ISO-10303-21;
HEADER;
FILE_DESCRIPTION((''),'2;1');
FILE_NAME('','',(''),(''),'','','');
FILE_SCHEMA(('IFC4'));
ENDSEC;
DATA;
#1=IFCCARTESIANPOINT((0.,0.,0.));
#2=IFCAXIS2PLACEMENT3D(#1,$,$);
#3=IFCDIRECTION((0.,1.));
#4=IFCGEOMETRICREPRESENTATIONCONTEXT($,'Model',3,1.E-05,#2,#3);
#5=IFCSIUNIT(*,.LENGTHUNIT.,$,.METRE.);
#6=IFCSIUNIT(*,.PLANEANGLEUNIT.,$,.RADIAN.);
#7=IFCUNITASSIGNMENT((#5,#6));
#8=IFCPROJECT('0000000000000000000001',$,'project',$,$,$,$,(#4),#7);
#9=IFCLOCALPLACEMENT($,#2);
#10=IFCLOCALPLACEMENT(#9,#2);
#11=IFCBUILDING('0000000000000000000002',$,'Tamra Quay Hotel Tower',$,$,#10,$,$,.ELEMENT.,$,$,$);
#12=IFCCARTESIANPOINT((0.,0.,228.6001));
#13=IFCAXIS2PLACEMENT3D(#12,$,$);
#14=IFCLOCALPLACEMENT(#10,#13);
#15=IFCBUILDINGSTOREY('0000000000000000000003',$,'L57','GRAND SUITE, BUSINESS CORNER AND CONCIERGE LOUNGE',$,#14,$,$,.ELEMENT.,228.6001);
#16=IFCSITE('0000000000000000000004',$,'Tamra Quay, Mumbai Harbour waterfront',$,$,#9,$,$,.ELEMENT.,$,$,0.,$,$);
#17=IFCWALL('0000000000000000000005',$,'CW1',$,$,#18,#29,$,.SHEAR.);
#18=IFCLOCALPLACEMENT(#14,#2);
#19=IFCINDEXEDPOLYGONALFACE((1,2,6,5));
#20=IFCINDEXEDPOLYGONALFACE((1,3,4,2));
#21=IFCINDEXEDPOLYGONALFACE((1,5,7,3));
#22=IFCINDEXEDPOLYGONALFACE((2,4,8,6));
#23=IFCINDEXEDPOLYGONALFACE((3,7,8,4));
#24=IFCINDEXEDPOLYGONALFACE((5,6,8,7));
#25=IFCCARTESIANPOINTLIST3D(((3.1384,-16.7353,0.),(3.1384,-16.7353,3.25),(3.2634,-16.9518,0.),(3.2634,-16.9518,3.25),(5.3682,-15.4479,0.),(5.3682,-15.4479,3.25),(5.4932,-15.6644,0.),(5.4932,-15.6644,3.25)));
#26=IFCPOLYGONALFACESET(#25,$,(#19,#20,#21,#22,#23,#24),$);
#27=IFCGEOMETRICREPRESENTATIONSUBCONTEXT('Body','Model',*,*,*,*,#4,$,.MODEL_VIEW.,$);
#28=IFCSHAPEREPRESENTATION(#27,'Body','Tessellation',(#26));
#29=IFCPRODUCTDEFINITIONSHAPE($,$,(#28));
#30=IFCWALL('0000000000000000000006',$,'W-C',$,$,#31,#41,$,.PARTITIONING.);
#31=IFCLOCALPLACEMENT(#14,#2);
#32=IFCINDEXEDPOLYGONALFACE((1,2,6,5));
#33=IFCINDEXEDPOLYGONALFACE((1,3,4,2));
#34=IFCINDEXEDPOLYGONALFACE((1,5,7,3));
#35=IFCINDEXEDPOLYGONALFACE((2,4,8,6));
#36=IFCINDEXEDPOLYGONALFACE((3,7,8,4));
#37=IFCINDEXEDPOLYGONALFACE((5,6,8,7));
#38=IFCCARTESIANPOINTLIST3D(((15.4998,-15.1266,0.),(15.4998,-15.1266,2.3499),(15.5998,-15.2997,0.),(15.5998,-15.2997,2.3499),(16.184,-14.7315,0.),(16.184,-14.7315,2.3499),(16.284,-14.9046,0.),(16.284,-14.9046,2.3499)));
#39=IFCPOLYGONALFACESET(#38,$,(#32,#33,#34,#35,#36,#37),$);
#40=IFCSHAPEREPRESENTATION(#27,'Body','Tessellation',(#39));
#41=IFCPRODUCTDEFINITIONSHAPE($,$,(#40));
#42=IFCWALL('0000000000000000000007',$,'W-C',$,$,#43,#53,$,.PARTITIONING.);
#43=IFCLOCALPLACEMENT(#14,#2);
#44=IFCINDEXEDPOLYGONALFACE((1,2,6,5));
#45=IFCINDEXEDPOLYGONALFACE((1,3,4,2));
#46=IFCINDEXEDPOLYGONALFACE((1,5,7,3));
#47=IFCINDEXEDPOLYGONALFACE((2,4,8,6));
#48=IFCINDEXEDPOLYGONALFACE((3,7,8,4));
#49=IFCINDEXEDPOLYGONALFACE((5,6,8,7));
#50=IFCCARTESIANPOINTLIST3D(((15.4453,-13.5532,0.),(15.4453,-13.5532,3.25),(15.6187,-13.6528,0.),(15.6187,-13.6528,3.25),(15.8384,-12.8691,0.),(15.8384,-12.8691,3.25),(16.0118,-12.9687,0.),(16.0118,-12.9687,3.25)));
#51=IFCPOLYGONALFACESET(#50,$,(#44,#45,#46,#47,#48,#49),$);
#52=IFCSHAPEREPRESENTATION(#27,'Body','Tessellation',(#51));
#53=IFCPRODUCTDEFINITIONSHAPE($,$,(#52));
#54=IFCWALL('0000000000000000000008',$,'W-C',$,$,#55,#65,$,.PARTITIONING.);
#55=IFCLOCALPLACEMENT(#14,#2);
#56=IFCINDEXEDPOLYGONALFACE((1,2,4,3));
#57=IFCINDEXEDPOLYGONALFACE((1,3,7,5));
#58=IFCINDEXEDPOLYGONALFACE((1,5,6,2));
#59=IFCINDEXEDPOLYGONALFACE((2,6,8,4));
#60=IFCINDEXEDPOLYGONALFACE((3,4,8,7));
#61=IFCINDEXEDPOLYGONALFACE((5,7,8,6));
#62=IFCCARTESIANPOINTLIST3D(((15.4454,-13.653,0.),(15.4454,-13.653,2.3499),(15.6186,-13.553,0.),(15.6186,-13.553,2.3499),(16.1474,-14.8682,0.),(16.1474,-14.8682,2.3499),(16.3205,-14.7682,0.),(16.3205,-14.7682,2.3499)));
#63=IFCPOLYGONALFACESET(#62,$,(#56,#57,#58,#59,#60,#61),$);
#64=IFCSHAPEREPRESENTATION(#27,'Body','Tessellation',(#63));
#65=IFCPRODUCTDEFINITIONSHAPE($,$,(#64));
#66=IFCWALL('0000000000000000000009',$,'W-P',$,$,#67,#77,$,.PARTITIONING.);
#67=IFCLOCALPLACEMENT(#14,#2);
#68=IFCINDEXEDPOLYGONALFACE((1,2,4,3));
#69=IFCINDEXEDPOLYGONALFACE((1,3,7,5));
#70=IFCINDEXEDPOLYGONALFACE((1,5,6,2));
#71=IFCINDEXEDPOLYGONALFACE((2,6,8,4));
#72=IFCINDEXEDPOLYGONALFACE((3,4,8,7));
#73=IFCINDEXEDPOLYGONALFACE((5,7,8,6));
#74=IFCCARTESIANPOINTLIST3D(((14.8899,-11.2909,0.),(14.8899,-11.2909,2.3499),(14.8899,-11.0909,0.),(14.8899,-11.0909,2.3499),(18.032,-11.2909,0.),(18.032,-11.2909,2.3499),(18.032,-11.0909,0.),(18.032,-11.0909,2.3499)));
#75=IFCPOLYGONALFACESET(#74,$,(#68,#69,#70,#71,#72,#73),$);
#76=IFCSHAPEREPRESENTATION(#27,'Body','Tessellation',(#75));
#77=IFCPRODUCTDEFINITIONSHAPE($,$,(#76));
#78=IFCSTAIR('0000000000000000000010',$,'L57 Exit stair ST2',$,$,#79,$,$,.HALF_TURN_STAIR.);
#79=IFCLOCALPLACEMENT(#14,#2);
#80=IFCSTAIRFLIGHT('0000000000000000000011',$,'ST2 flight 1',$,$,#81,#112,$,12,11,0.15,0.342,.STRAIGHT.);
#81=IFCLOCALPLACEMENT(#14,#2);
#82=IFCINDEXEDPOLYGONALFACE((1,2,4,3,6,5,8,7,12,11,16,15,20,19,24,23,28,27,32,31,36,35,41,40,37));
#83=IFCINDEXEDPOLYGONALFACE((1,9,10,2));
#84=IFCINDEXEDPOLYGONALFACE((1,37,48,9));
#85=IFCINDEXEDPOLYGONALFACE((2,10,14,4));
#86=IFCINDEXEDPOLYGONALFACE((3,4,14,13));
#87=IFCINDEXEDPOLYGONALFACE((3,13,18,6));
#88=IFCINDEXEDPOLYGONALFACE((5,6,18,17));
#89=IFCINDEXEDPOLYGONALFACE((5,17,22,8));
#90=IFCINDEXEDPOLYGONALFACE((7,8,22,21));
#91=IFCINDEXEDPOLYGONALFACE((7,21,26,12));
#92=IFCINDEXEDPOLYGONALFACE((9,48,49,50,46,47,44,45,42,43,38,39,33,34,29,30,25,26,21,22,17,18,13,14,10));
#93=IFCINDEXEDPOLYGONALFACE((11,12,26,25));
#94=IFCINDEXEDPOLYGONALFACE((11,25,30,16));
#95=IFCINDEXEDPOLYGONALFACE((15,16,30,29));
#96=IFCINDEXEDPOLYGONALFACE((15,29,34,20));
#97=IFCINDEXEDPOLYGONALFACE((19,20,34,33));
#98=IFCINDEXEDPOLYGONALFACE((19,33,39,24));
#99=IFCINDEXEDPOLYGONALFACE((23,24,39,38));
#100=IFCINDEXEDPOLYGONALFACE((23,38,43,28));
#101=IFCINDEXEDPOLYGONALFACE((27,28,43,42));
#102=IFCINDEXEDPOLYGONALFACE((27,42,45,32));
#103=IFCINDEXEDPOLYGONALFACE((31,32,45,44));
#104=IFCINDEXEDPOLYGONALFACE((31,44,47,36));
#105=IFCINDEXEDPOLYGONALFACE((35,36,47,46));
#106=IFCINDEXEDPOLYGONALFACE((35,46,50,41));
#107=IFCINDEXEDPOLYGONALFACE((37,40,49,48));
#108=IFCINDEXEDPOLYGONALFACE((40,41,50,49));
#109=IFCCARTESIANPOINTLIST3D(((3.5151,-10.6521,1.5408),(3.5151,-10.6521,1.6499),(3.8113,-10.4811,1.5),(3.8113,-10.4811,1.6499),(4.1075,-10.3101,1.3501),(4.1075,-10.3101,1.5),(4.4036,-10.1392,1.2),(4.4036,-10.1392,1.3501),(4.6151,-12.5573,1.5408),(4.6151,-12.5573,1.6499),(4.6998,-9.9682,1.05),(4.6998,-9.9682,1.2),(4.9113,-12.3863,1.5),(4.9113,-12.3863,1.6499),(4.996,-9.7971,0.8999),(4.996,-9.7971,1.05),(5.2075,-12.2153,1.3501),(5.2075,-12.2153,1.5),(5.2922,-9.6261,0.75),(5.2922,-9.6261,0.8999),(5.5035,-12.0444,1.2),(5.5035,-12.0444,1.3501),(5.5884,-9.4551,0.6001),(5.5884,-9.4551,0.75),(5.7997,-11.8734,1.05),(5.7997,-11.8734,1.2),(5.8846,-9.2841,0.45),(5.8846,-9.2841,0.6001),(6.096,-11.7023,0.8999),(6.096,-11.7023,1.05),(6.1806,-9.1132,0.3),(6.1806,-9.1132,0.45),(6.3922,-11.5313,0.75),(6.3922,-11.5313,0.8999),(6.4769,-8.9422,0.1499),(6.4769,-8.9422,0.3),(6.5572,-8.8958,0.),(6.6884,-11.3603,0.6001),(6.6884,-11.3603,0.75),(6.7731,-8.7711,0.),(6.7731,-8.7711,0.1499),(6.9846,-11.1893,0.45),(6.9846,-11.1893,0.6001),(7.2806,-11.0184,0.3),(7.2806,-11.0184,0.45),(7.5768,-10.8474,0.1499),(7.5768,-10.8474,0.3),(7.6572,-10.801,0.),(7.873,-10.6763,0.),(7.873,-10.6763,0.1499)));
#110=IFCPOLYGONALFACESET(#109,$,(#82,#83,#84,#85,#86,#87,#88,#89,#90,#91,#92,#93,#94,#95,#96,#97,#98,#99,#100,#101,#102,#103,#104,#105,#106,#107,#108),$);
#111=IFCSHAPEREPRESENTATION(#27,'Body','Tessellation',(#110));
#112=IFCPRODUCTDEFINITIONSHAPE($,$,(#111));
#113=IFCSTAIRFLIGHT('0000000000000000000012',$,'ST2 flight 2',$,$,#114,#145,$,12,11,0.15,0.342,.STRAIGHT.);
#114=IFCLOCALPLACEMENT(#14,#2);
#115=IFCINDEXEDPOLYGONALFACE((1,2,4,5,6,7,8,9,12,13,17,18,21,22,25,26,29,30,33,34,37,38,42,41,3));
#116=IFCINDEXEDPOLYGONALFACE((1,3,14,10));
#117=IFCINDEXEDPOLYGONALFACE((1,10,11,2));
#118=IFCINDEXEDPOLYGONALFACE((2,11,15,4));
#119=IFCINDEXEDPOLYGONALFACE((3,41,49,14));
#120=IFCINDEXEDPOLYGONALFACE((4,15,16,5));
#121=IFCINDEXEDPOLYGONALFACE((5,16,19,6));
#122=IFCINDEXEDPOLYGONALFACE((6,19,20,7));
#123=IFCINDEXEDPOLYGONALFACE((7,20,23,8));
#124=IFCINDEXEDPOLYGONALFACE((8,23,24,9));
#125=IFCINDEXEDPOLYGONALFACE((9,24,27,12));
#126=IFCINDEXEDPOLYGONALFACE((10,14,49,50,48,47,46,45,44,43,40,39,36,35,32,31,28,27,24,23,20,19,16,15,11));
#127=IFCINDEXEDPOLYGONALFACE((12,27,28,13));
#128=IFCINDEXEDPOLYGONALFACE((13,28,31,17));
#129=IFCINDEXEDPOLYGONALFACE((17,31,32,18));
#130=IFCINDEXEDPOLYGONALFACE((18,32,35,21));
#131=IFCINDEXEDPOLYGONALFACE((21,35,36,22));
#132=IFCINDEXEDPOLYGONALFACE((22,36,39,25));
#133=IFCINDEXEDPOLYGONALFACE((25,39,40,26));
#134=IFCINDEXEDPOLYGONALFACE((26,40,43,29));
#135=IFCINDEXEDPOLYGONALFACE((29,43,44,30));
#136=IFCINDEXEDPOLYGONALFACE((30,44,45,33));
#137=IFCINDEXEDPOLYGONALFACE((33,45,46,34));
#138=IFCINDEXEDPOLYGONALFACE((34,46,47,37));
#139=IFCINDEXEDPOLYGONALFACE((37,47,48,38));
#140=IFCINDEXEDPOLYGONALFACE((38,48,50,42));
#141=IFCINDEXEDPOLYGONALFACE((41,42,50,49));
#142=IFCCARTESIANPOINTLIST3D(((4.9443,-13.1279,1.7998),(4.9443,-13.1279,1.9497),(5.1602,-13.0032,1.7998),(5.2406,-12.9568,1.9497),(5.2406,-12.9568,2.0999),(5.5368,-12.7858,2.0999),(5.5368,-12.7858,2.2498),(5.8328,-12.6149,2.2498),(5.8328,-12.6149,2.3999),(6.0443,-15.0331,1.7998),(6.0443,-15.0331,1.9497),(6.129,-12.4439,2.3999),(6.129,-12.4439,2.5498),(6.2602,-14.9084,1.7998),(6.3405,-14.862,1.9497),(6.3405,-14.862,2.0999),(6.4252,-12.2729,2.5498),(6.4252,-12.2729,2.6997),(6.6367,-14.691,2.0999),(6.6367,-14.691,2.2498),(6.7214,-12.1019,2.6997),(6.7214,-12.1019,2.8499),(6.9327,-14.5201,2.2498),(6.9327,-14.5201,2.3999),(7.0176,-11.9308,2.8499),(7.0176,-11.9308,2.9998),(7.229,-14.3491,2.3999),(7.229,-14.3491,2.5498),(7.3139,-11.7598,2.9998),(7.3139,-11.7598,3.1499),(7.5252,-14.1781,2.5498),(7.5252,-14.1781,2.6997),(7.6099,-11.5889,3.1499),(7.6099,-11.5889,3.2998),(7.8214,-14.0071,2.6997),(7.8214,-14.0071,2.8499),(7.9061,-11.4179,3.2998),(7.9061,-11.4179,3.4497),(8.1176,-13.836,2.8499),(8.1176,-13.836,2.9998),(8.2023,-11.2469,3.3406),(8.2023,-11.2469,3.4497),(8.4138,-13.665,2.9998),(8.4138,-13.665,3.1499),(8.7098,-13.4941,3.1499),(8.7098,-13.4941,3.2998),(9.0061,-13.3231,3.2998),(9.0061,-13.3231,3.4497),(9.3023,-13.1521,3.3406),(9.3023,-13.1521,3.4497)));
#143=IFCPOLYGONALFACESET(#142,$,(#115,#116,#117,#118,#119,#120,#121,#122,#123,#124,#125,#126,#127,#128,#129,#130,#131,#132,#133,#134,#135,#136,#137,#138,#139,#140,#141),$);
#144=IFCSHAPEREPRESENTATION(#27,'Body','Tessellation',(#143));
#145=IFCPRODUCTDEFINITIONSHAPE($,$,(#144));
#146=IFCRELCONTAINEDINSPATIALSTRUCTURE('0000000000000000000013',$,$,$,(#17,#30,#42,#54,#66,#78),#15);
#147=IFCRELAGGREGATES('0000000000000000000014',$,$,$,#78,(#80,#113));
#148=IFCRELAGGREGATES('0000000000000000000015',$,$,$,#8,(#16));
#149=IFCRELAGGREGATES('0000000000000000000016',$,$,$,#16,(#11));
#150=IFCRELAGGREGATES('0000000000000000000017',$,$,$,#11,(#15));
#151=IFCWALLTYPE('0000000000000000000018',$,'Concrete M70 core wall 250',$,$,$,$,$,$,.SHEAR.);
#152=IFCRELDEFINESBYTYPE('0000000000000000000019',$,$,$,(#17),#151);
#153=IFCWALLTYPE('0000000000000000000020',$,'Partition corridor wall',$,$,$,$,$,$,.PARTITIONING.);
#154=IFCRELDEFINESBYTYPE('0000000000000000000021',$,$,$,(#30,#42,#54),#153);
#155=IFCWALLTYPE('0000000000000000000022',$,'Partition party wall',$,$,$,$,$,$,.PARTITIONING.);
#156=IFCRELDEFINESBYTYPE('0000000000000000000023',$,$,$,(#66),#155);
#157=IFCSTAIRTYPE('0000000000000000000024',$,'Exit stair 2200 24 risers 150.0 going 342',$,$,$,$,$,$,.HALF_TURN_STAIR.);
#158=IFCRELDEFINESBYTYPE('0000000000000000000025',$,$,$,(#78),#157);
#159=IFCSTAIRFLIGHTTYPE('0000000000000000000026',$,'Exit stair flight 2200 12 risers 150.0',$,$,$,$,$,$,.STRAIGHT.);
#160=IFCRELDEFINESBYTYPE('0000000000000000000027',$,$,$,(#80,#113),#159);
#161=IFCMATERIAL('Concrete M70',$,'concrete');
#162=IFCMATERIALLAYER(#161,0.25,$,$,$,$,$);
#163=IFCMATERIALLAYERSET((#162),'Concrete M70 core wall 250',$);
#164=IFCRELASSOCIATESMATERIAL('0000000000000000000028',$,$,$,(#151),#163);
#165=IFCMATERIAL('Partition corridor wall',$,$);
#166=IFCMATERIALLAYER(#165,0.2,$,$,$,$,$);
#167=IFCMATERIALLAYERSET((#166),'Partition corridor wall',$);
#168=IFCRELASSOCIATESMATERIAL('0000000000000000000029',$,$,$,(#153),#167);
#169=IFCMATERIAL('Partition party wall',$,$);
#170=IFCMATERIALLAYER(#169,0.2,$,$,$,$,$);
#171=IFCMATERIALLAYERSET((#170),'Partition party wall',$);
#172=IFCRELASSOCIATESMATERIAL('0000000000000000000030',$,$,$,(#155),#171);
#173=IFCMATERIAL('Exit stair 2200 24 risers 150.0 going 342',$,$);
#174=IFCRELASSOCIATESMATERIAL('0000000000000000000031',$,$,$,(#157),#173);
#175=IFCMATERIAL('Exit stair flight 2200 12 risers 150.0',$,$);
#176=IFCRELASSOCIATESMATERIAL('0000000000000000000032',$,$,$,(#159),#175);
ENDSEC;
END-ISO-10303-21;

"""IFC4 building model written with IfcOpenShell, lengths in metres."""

from ifc_helpers import new_model, si_unit, direction, frame, frame_2d, origin, place, context, subcontext, project, spatial, polyline, rectangle, outline, extrude, material, layer, layer_set, type_object, element, aggregate, save


model = new_model("IFC4")

# Units and contexts
model_context = context("Model", 3, precision=1e-05, world=origin(), true_north=direction((0.0, 1.0)))
body_context = subcontext(model_context, "Body", "Model", "MODEL_VIEW")
ifc_project = project(units=[si_unit("LENGTHUNIT", "METRE"), si_unit("PLANEANGLEUNIT", "RADIAN")], contexts=[model_context])

# Site, building, storey
site_placement = place(None, origin())
site = spatial("IfcSite", under=ifc_project, at=site_placement, Name="Tamra Quay, Mumbai Harbour waterfront", CompositionType="ELEMENT", RefElevation=0.0)
building_placement = place(site_placement, origin())
building = spatial("IfcBuilding", under=site, at=building_placement, Name="Tamra Quay Hotel Tower", CompositionType="ELEMENT")
storey_placement = place(building_placement, frame((0.0, 0.0, 228.6001)))
storey = spatial("IfcBuildingStorey", under=building, at=storey_placement, Name="L57", Description="GRAND SUITE, BUSINESS CORNER AND CONCIERGE LOUNGE", CompositionType="ELEMENT", Elevation=228.6001)

# Shared definitions
ifc_material_1 = material(Name="Concrete M70", Category="concrete")

# Shared definitions
ifc_layer_1 = layer(ifc_material_1, 0.25)
ifc_layer_set_1 = layer_set([ifc_layer_1], Name="Concrete M70 core wall 250")
wall_type_1 = type_object("IfcWallType", Name="Concrete M70 core wall 250", PredefinedType="SHEAR", material=ifc_layer_set_1)

# Walls
wall_1_placement = place(storey_placement, frame((5.4307, -15.5562, 0.0), z_axis=(0.0, 0.0, 1.0), x_axis=(-0.866023, -0.500004, 0.0)))
element("IfcWall", 1, at=wall_1_placement, inside=storey, type_object=wall_type_1, Name="CW1", PredefinedType="SHEAR", context=body_context, shape_type="SweptSolid", body=[
    extrude(rectangle(XDim=2.5747, YDim=0.25, at=frame_2d((1.2874, 0.0))), origin(), (0.0, 0.0, 1.0), 3.25),
])
ifc_material_2 = material(Name="Partition corridor wall")
ifc_layer_2 = layer(ifc_material_2, 0.2)
ifc_layer_set_2 = layer_set([ifc_layer_2], Name="Partition corridor wall")
wall_type_2 = type_object("IfcWallType", Name="Partition corridor wall", PredefinedType="PARTITIONING", material=ifc_layer_set_2)
wall_2_placement = place(storey_placement, frame((15.5498, -15.2131, 0.0), z_axis=(0.0, 0.0, 1.0), x_axis=(0.86599, 0.500061, 0.0)))
element("IfcWall", 2, at=wall_2_placement, inside=storey, type_object=wall_type_2, Name="W-C", PredefinedType="PARTITIONING", context=body_context, shape_type="SweptSolid", body=[
    extrude(rectangle(XDim=0.79, YDim=0.2, at=frame_2d((0.395, 0.0))), origin(), (0.0, 0.0, 1.0), 2.3499),
])
wall_3_placement = place(storey_placement, frame((15.532, -13.603, 0.0), z_axis=(0.0, 0.0, 1.0), x_axis=(0.498204, 0.86706, 0.0)))
element("IfcWall", 3, at=wall_3_placement, inside=storey, type_object=wall_type_2, Name="W-C", PredefinedType="PARTITIONING", context=body_context, shape_type="SweptSolid", body=[
    extrude(rectangle(XDim=0.7891, YDim=0.2, at=frame_2d((0.3945, 0.0))), origin(), (0.0, 0.0, 1.0), 3.25),
])
wall_4_placement = place(storey_placement, frame((15.532, -13.603, 0.0), z_axis=(0.0, 0.0, 1.0), x_axis=(0.500199, -0.86591, 0.0)))
element("IfcWall", 4, at=wall_4_placement, inside=storey, type_object=wall_type_2, Name="W-C", PredefinedType="PARTITIONING", context=body_context, shape_type="SweptSolid", body=[
    extrude(rectangle(XDim=1.4033, YDim=0.2, at=frame_2d((0.7017, 0.0))), origin(), (0.0, 0.0, 1.0), 2.3499),
])
ifc_material_3 = material(Name="Partition party wall")
ifc_layer_3 = layer(ifc_material_3, 0.2)
ifc_layer_set_3 = layer_set([ifc_layer_3], Name="Partition party wall")
wall_type_3 = type_object("IfcWallType", Name="Partition party wall", PredefinedType="PARTITIONING", material=ifc_layer_set_3)
wall_5_placement = place(storey_placement, frame((14.8899, -11.1909, 0.0), z_axis=(0.0, 0.0, 1.0), x_axis=(1.0, 0.0, 0.0)))
element("IfcWall", 5, at=wall_5_placement, inside=storey, type_object=wall_type_3, Name="W-P", PredefinedType="PARTITIONING", context=body_context, shape_type="SweptSolid", body=[
    extrude(rectangle(XDim=3.1421, YDim=0.2, at=frame_2d((1.571, 0.0))), origin(), (0.0, 0.0, 1.0), 2.3499),
])

# Stair, stair flights
ifc_material_4 = material(Name="Exit stair 2200 24 risers 150.0 going 342")
stair_type = type_object("IfcStairType", Name="Exit stair 2200 24 risers 150.0 going 342", PredefinedType="HALF_TURN_STAIR", material=ifc_material_4)
stair_placement = place(storey_placement, origin())
stair = element("IfcStair", 6, at=stair_placement, inside=storey, type_object=stair_type, Name="L57 Exit stair ST2", PredefinedType="HALF_TURN_STAIR")
ifc_material_5 = material(Name="Exit stair flight 2200 12 risers 150.0")
stair_flight_type = type_object("IfcStairFlightType", Name="Exit stair flight 2200 12 risers 150.0", PredefinedType="STRAIGHT", material=ifc_material_5)
stair_flight_1_placement = place(storey_placement, frame((7.323, -9.7236, 0.0), z_axis=(0.0, 0.0, 1.0), x_axis=(-0.866025, -0.5, 0.0)))
stair_flight_1 = element("IfcStairFlight", 7, at=stair_flight_1_placement, type_object=stair_flight_type, Name="ST2 flight 1", NumberOfRisers=12, NumberOfTreads=11, PredefinedType="STRAIGHT", RiserHeight=0.15, TreadLength=0.342, context=body_context, shape_type="SweptSolid", body=[
    extrude(outline(polyline([(0.0, 0.0), (0.0, 0.1499), (0.342, 0.1499), (0.342, 0.3), (0.6841, 0.3), (0.6841, 0.45), (1.0259, 0.45), (1.0259, 0.6001), (1.3679, 0.6001), (1.3679, 0.75), (1.71, 0.75), (1.71, 0.8999), (2.052, 0.8999), (2.052, 1.05), (2.394, 1.05), (2.394, 1.2), (2.7361, 1.2), (2.7361, 1.3501), (3.0779, 1.3501), (3.0779, 1.5), (3.4199, 1.5), (3.4199, 1.6499), (3.762, 1.6499), (3.762, 1.8), (3.762, 1.5408), (0.2493, 0.0), (0.0, 0.0)])), frame((0.0, 1.1001, 0.0), z_axis=(0.0, -1.0, 0.0), x_axis=(1.0, 0.0, 0.0)), (0.0, 0.0, 1.0), 2.2),
])
stair_flight_2_placement = place(storey_placement, frame((5.4944, -14.0806, 1.7998), z_axis=(0.0, 0.0, 1.0), x_axis=(0.866025, 0.5, 0.0)))
stair_flight_2 = element("IfcStairFlight", 8, at=stair_flight_2_placement, type_object=stair_flight_type, Name="ST2 flight 2", NumberOfRisers=12, NumberOfTreads=11, PredefinedType="STRAIGHT", RiserHeight=0.15, TreadLength=0.342, context=body_context, shape_type="SweptSolid", body=[
    extrude(outline(polyline([(0.0, 0.0), (0.0, 0.1499), (0.342, 0.1499), (0.342, 0.3), (0.6841, 0.3), (0.6841, 0.45), (1.0259, 0.45), (1.0259, 0.6001), (1.3679, 0.6001), (1.3679, 0.75), (1.71, 0.75), (1.71, 0.8999), (2.052, 0.8999), (2.052, 1.05), (2.394, 1.05), (2.394, 1.2), (2.7361, 1.2), (2.7361, 1.3501), (3.0779, 1.3501), (3.0779, 1.5), (3.4199, 1.5), (3.4199, 1.6499), (3.762, 1.6499), (3.762, 1.8), (3.762, 1.5408), (0.2493, 0.0), (0.0, 0.0)])), frame((0.0, 1.1001, 0.0), z_axis=(0.0, -1.0, 0.0), x_axis=(1.0, 0.0, 0.0)), (0.0, 0.0, 1.0), 2.2),
])
aggregate(stair, [stair_flight_1, stair_flight_2])

save(model, "model.ifc")
